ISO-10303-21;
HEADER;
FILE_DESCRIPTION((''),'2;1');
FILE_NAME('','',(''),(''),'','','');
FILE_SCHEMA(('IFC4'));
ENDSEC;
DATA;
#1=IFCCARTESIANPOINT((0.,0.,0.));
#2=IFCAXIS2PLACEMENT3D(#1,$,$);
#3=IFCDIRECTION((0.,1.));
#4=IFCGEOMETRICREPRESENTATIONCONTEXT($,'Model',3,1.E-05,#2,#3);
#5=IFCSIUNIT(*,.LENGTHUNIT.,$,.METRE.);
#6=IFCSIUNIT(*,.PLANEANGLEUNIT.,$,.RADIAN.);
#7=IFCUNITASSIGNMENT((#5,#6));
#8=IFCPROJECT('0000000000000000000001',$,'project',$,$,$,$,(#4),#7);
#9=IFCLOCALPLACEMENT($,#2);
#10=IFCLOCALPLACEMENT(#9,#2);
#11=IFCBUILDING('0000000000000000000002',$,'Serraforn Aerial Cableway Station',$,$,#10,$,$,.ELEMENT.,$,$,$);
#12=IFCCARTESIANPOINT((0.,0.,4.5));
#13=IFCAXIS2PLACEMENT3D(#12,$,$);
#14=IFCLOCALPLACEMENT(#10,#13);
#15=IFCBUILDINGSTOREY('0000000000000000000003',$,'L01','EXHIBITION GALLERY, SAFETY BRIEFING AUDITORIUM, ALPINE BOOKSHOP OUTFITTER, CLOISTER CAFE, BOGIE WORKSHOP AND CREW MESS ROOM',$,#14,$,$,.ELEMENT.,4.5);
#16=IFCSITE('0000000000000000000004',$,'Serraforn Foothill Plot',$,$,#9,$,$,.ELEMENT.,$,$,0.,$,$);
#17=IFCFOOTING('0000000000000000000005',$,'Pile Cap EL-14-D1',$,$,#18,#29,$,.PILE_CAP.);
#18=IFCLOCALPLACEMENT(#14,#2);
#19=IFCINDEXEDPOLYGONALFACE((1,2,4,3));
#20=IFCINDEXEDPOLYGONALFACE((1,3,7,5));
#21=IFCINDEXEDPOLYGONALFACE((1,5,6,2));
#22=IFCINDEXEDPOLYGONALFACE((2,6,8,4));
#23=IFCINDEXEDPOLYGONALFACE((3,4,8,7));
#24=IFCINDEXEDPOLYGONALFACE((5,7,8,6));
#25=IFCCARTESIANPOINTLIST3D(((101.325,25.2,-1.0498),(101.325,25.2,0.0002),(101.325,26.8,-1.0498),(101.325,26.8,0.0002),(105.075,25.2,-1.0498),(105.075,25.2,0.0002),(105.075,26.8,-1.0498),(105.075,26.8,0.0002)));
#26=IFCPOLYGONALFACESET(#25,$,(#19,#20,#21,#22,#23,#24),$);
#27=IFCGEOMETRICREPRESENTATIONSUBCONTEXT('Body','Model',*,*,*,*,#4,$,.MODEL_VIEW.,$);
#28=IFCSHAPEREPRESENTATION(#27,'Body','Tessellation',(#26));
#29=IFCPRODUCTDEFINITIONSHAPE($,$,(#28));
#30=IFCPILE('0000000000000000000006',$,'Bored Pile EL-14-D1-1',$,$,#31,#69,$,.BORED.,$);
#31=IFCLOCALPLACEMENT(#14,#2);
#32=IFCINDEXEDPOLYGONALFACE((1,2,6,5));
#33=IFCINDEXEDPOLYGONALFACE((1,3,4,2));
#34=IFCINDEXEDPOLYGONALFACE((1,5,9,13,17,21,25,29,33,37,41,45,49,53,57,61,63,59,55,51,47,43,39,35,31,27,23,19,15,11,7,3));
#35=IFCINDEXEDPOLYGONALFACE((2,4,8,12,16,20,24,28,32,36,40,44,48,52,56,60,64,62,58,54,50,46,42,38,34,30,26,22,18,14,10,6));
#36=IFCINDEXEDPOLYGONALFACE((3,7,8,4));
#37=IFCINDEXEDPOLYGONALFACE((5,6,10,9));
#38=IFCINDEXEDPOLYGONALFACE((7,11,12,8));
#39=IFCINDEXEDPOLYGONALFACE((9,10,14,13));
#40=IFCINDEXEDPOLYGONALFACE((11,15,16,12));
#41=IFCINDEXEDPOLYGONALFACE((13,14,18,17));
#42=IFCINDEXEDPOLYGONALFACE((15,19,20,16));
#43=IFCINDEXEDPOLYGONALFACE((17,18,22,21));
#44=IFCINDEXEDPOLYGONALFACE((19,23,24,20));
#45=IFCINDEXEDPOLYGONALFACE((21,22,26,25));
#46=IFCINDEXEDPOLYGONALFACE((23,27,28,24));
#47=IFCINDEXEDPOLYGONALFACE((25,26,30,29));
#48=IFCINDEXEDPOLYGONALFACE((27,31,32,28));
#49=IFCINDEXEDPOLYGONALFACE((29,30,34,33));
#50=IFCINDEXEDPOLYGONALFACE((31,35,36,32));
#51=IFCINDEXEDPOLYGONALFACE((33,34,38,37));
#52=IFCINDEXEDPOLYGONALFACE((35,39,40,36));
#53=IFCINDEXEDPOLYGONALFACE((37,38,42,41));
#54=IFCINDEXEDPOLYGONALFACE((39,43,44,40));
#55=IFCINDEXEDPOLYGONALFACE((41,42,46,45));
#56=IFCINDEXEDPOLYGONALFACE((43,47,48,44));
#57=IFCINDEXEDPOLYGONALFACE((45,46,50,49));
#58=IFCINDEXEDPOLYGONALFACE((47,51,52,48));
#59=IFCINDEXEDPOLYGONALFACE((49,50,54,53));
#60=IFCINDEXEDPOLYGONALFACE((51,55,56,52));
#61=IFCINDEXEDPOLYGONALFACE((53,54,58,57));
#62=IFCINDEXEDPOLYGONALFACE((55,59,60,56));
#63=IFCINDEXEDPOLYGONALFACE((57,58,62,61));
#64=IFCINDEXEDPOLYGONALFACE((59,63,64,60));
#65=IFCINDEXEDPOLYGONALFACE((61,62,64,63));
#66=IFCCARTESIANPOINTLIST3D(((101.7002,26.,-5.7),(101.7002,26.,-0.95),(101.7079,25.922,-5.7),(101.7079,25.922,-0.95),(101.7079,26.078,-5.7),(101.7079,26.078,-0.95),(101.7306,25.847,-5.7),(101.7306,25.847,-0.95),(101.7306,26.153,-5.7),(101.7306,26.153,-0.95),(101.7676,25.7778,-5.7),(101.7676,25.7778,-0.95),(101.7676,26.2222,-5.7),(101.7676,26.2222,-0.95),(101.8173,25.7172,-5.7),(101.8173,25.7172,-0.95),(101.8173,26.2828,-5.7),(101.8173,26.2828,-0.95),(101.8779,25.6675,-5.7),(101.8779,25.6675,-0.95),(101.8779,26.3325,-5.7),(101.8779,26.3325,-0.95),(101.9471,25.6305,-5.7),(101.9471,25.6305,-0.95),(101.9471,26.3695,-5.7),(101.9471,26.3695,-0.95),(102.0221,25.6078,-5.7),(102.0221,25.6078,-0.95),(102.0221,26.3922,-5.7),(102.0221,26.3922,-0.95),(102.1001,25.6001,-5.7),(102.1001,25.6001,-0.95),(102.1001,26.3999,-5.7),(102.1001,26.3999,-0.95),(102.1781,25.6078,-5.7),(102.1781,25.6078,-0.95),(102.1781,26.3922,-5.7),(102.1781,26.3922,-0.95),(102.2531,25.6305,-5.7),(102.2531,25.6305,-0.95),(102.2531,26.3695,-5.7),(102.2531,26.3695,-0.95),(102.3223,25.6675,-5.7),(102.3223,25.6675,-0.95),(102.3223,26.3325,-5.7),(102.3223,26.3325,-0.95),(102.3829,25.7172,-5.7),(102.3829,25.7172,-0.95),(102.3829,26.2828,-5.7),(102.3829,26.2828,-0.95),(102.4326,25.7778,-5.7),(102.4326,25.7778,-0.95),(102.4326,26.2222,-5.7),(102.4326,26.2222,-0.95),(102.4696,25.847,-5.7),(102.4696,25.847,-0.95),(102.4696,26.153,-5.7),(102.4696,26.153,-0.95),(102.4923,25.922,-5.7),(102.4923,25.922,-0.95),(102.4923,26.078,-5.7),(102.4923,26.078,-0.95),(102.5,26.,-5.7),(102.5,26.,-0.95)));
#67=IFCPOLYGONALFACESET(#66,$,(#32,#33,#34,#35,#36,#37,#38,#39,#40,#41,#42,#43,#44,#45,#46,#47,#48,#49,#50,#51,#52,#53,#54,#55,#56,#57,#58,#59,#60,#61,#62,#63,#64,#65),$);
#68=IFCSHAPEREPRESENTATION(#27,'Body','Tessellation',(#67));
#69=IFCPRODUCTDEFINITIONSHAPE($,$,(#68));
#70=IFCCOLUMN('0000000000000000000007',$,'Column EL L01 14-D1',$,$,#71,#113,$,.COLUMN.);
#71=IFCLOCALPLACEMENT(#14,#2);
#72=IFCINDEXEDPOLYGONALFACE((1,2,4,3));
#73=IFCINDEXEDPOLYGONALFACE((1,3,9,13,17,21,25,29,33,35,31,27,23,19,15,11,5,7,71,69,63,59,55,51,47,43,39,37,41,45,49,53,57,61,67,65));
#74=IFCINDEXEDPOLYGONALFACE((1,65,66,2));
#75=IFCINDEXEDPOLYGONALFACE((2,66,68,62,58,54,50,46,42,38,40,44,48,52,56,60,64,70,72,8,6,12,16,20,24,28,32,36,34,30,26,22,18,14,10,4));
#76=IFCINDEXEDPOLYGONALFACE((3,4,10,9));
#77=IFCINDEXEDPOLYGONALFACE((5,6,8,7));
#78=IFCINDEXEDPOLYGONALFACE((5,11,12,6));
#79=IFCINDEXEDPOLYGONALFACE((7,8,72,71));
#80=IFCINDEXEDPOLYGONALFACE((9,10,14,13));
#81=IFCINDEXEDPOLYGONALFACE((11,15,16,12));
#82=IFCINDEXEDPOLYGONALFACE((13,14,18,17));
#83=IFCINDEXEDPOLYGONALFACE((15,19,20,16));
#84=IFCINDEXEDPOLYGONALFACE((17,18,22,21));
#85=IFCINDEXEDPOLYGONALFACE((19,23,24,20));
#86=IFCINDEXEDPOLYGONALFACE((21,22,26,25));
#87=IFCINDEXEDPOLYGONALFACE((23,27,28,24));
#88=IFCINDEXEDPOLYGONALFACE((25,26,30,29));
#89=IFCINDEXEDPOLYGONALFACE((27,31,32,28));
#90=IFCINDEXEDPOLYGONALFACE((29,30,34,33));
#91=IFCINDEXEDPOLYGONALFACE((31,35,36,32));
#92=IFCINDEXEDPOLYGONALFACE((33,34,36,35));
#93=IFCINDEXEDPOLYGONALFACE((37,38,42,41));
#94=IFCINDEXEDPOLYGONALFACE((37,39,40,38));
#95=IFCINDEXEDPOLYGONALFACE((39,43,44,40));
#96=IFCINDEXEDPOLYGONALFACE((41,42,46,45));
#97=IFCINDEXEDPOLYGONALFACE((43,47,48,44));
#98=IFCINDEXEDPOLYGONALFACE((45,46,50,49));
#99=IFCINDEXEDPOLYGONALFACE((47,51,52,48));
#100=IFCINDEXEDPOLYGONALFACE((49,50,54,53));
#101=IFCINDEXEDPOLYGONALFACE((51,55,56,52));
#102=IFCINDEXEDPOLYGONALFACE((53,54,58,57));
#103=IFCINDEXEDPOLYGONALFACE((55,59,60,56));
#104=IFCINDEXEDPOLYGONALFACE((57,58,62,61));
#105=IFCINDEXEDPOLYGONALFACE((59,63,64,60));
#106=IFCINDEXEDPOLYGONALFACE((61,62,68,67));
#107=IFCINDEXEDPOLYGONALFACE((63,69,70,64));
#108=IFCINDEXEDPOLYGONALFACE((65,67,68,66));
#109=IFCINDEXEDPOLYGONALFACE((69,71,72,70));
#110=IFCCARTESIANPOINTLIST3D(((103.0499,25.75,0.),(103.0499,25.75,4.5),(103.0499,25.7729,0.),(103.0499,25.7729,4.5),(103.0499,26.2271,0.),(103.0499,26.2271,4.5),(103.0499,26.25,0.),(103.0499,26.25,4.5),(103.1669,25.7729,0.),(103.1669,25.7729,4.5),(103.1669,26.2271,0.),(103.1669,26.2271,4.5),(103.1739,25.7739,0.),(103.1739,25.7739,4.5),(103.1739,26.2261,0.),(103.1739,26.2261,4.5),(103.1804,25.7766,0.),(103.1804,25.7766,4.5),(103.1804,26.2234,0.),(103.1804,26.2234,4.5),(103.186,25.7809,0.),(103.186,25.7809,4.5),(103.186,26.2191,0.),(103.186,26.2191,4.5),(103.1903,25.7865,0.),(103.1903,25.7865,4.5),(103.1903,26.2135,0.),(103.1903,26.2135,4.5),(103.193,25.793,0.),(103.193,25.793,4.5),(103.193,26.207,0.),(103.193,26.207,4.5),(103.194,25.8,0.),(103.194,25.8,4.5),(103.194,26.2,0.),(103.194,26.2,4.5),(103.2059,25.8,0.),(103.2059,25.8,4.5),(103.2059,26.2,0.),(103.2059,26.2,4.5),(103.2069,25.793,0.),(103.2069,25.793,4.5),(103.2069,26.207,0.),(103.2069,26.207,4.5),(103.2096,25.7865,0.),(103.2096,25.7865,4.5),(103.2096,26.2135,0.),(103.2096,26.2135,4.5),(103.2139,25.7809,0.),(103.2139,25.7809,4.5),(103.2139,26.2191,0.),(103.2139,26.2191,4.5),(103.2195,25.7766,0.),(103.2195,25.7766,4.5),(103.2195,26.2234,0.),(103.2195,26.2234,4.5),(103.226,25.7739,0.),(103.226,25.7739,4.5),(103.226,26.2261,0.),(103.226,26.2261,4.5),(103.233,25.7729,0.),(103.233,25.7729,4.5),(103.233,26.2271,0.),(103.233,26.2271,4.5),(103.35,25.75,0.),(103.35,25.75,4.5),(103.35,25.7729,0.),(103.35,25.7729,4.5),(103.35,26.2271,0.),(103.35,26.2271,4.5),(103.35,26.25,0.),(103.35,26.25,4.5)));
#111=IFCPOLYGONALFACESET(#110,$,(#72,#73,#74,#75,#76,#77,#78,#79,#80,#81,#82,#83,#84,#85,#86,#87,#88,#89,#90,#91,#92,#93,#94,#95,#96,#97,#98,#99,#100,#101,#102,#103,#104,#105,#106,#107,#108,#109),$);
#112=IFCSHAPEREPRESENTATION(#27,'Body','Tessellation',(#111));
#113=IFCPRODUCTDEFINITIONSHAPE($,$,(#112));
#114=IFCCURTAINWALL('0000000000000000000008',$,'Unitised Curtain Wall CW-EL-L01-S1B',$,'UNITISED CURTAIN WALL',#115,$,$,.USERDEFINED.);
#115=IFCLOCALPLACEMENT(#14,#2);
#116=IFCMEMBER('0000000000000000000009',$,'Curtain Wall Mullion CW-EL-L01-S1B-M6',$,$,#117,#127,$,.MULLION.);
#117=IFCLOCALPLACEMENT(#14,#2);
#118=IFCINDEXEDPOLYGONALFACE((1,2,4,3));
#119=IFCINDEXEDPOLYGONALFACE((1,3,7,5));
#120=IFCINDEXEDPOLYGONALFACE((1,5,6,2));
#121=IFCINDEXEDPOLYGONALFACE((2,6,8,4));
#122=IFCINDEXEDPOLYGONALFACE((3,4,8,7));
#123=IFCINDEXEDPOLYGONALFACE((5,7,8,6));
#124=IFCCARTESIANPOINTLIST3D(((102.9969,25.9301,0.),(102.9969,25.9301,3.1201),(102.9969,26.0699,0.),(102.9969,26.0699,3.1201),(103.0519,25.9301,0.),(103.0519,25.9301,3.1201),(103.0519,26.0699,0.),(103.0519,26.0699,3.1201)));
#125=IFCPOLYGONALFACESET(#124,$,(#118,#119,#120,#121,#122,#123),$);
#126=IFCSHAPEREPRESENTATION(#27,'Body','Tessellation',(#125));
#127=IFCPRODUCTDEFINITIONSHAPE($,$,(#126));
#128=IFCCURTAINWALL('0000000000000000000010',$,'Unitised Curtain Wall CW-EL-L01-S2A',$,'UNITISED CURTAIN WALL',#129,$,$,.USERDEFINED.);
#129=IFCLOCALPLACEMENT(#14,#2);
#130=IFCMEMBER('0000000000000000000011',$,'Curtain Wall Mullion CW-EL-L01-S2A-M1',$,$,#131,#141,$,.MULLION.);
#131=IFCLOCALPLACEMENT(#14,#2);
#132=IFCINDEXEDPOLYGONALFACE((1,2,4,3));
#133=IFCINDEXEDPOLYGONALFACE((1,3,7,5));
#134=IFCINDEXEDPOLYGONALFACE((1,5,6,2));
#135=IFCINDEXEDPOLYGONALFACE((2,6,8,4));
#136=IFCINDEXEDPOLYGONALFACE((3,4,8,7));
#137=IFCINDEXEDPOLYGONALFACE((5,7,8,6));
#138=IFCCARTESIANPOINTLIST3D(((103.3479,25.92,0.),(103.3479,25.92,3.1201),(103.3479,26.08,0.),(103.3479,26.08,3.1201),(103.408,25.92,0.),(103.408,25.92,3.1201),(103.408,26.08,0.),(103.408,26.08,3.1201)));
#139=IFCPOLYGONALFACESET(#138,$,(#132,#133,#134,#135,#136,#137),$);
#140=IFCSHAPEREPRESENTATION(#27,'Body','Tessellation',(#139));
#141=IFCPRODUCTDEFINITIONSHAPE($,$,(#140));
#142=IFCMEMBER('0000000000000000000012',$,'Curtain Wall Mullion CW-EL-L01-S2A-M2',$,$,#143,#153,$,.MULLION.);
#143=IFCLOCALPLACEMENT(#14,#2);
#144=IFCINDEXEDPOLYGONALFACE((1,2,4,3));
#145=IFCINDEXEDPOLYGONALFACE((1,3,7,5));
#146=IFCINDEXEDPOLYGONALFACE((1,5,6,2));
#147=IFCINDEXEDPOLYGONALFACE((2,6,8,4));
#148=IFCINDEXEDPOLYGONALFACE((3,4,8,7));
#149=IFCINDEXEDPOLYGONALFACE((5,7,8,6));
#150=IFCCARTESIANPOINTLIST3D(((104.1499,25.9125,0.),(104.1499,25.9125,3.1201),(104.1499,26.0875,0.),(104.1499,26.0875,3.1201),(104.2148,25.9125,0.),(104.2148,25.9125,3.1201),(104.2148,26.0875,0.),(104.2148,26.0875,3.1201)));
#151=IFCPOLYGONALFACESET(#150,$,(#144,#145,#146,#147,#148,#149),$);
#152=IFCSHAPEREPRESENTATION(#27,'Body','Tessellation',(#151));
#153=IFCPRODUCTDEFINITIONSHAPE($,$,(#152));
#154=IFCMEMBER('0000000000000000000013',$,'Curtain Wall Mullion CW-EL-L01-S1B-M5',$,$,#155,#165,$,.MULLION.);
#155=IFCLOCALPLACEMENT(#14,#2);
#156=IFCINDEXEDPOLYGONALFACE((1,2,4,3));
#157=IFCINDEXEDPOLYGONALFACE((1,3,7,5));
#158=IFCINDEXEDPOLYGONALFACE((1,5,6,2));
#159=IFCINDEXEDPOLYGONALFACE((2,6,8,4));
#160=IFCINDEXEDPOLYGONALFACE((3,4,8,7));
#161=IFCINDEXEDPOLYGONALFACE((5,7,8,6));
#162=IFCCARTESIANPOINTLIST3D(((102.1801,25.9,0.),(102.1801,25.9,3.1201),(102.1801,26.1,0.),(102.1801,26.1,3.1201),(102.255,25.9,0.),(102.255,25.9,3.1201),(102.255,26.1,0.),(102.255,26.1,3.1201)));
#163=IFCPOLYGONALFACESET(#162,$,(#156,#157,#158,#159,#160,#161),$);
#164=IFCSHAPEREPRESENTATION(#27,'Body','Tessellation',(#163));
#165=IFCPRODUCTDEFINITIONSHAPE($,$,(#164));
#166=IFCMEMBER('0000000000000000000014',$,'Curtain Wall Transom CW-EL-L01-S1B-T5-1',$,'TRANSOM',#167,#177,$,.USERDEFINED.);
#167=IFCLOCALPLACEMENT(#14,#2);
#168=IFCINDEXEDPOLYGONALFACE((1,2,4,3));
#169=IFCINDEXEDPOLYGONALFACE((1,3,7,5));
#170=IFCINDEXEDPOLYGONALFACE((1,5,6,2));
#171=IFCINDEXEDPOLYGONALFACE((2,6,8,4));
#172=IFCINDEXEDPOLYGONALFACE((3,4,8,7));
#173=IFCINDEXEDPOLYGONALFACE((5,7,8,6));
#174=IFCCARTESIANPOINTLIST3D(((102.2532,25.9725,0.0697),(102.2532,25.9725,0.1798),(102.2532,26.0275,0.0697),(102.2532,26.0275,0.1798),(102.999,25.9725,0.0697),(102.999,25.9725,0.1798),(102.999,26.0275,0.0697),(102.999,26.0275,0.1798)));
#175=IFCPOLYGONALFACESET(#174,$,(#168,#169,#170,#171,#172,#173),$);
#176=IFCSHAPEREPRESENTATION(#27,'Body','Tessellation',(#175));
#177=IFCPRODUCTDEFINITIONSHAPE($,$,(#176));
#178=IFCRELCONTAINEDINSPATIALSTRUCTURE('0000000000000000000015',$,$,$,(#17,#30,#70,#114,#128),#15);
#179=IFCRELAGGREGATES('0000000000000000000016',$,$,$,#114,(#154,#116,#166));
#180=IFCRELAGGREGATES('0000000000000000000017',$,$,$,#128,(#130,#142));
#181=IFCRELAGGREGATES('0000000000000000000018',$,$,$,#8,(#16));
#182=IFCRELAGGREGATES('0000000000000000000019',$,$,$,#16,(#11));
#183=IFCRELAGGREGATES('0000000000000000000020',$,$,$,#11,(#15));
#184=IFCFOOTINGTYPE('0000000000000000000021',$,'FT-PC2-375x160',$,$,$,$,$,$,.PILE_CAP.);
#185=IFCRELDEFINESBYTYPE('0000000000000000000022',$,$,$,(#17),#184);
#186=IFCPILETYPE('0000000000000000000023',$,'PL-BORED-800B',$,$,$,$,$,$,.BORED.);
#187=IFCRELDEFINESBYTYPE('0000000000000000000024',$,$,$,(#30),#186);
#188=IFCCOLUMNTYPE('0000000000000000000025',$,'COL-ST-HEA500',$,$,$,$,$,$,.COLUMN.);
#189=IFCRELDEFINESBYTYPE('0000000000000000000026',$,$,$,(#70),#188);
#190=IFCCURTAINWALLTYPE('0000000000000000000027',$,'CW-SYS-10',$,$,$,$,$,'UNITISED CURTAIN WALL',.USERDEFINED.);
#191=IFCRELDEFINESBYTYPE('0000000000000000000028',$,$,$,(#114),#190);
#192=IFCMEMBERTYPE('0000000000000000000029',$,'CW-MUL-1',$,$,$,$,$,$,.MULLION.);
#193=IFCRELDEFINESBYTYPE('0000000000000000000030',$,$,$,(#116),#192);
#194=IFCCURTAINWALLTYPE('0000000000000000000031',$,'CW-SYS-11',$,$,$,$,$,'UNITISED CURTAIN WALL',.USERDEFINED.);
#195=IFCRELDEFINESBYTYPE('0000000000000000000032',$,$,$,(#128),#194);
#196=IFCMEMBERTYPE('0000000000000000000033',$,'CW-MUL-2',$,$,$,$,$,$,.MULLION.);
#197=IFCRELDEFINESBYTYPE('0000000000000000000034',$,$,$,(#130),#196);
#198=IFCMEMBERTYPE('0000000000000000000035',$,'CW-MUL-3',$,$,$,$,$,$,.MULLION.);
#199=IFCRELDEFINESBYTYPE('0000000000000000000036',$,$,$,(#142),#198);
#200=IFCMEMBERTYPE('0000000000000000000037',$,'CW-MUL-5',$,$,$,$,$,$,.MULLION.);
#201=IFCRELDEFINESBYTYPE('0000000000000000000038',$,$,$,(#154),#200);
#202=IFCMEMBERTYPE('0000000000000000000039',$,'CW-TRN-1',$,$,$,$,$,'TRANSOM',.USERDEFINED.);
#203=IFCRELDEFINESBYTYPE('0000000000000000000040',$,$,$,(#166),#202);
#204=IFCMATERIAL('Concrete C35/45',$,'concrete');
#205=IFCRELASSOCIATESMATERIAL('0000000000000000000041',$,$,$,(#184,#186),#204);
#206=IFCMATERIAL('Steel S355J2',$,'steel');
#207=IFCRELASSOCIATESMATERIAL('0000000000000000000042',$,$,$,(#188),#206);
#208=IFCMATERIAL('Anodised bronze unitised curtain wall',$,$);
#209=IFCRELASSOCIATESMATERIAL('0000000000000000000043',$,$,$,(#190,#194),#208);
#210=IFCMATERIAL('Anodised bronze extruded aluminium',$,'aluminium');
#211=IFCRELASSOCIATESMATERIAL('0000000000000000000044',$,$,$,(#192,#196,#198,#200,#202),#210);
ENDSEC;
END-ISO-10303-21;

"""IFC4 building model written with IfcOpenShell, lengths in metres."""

from ifc_helpers import new_model, si_unit, direction, frame, origin, origin_2d, place, context, subcontext, project, spatial, rectangle, circle, i_section, extrude, material, material_profile, profile_set, type_object, element, aggregate, save


model = new_model("IFC4")

# Units and contexts
model_context = context("Model", 3, precision=1e-05, world=origin(), true_north=direction((0.0, 1.0)))
body_context = subcontext(model_context, "Body", "Model", "MODEL_VIEW")
ifc_project = project(units=[si_unit("LENGTHUNIT", "METRE"), si_unit("PLANEANGLEUNIT", "RADIAN")], contexts=[model_context])

# Site, building, storey
site_placement = place(None, origin())
site = spatial("IfcSite", under=ifc_project, at=site_placement, Name="Serraforn Foothill Plot", CompositionType="ELEMENT", RefElevation=0.0)
building_placement = place(site_placement, origin())
building = spatial("IfcBuilding", under=site, at=building_placement, Name="Serraforn Aerial Cableway Station", CompositionType="ELEMENT")
storey_placement = place(building_placement, frame((0.0, 0.0, 4.5)))
storey = spatial("IfcBuildingStorey", under=building, at=storey_placement, Name="L01", Description="EXHIBITION GALLERY, SAFETY BRIEFING AUDITORIUM, ALPINE BOOKSHOP OUTFITTER, CLOISTER CAFE, BOGIE WORKSHOP AND CREW MESS ROOM", CompositionType="ELEMENT", Elevation=4.5)

# Footing
ifc_material_1 = material(Name="Concrete C35/45", Category="concrete")
footing_type = type_object("IfcFootingType", Name="FT-PC2-375x160", PredefinedType="PILE_CAP", material=ifc_material_1)
footing_placement = place(storey_placement, frame((103.2, 26.0, -1.0498), z_axis=(0.0, 0.0, 1.0), x_axis=(1.0, 0.0, 0.0)))
element("IfcFooting", 1, at=footing_placement, inside=storey, type_object=footing_type, Name="Pile Cap EL-14-D1", PredefinedType="PILE_CAP", context=body_context, shape_type="SweptSolid", body=[
    extrude(rectangle(XDim=3.75, YDim=1.6001, at=origin_2d()), origin(), (0.0, 0.0, 1.0), 1.05),
])

# Pile
ifc_material_profile_1 = material_profile(ifc_material_1, circle(Radius=0.3999, at=origin_2d()), Name="BORED PILE D800")
ifc_profile_set_1 = profile_set([ifc_material_profile_1], Name="Concrete C35/45")
pile_type = type_object("IfcPileType", Name="PL-BORED-800B", PredefinedType="BORED", material=ifc_profile_set_1)
pile_placement = place(storey_placement, frame((102.1001, 26.0, -0.95), z_axis=(0.0, 0.0, -1.0), x_axis=(1.0, 0.0, 0.0)))
element("IfcPile", 2, at=pile_placement, inside=storey, type_object=pile_type, Name="Bored Pile EL-14-D1-1", PredefinedType="BORED", context=body_context, shape_type="SweptSolid", body=[
    extrude(circle(Radius=0.3999, at=origin_2d()), origin(), (0.0, 0.0, 1.0), 4.75),
])

# Column
ifc_material_2 = material(Name="Steel S355J2", Category="steel")
ifc_material_profile_2 = material_profile(ifc_material_2, i_section(OverallWidth=0.3, OverallDepth=0.5, WebThickness=0.012, FlangeThickness=0.0229, FilletRadius=0.0271, at=origin_2d()), Name="HEA 500")
ifc_profile_set_2 = profile_set([ifc_material_profile_2], Name="Steel S355J2")
column_type = type_object("IfcColumnType", Name="COL-ST-HEA500", PredefinedType="COLUMN", material=ifc_profile_set_2)
column_placement = place(storey_placement, frame((103.2, 26.0, 0.0), z_axis=(0.0, 0.0, 1.0), x_axis=(1.0, 0.0, 0.0)))
element("IfcColumn", 3, at=column_placement, inside=storey, type_object=column_type, Name="Column EL L01 14-D1", PredefinedType="COLUMN", context=body_context, shape_type="SweptSolid", body=[
    extrude(i_section(OverallWidth=0.3, OverallDepth=0.5, WebThickness=0.012, FlangeThickness=0.0229, FilletRadius=0.0271, at=origin_2d()), origin(), (0.0, 0.0, 1.0), 4.5),
])

# Curtain wall, member
ifc_material_3 = material(Name="Anodised bronze unitised curtain wall")
curtain_wall_type_1 = type_object("IfcCurtainWallType", Name="CW-SYS-10", ElementType="UNITISED CURTAIN WALL", PredefinedType="USERDEFINED", material=ifc_material_3)
curtain_wall_1_placement = place(storey_placement, origin())
curtain_wall_1 = element("IfcCurtainWall", 4, at=curtain_wall_1_placement, inside=storey, type_object=curtain_wall_type_1, Name="Unitised Curtain Wall CW-EL-L01-S1B", ObjectType="UNITISED CURTAIN WALL", PredefinedType="USERDEFINED")
ifc_material_4 = material(Name="Anodised bronze extruded aluminium", Category="aluminium")
ifc_material_profile_3 = material_profile(ifc_material_4, rectangle(XDim=0.0549, YDim=0.1399, at=origin_2d()), Name="CW MULLION 55x140")
ifc_profile_set_3 = profile_set([ifc_material_profile_3], Name="Anodised bronze extruded aluminium")
member_type_1 = type_object("IfcMemberType", Name="CW-MUL-1", PredefinedType="MULLION", material=ifc_profile_set_3)
member_1_placement = place(storey_placement, frame((103.0244, 26.0, 0.0), z_axis=(0.0, 0.0, 1.0), x_axis=(1.0, 0.0, 0.0)))
member_1 = element("IfcMember", 5, at=member_1_placement, type_object=member_type_1, Name="Curtain Wall Mullion CW-EL-L01-S1B-M6", PredefinedType="MULLION", context=body_context, shape_type="SweptSolid", body=[
    extrude(rectangle(XDim=0.0549, YDim=0.1399, at=origin_2d()), origin(), (0.0, 0.0, 1.0), 3.1201),
])

# Curtain wall, members
curtain_wall_type_2 = type_object("IfcCurtainWallType", Name="CW-SYS-11", ElementType="UNITISED CURTAIN WALL", PredefinedType="USERDEFINED", material=ifc_material_3)
curtain_wall_2_placement = place(storey_placement, origin())
curtain_wall_2 = element("IfcCurtainWall", 6, at=curtain_wall_2_placement, inside=storey, type_object=curtain_wall_type_2, Name="Unitised Curtain Wall CW-EL-L01-S2A", ObjectType="UNITISED CURTAIN WALL", PredefinedType="USERDEFINED")
ifc_material_profile_4 = material_profile(ifc_material_4, rectangle(XDim=0.0601, YDim=0.1599, at=origin_2d()), Name="CW MULLION 60x160")
ifc_profile_set_4 = profile_set([ifc_material_profile_4], Name="Anodised bronze extruded aluminium")
member_type_2 = type_object("IfcMemberType", Name="CW-MUL-2", PredefinedType="MULLION", material=ifc_profile_set_4)
member_2_placement = place(storey_placement, frame((103.3779, 26.0, 0.0), z_axis=(0.0, 0.0, 1.0), x_axis=(1.0, 0.0, 0.0)))
member_2 = element("IfcMember", 7, at=member_2_placement, type_object=member_type_2, Name="Curtain Wall Mullion CW-EL-L01-S2A-M1", PredefinedType="MULLION", context=body_context, shape_type="SweptSolid", body=[
    extrude(rectangle(XDim=0.0601, YDim=0.1599, at=origin_2d()), origin(), (0.0, 0.0, 1.0), 3.1201),
])
ifc_material_profile_5 = material_profile(ifc_material_4, rectangle(XDim=0.0649, YDim=0.175, at=origin_2d()), Name="CW MULLION 65x175")
ifc_profile_set_5 = profile_set([ifc_material_profile_5], Name="Anodised bronze extruded aluminium")
member_type_3 = type_object("IfcMemberType", Name="CW-MUL-3", PredefinedType="MULLION", material=ifc_profile_set_5)
member_3_placement = place(storey_placement, frame((104.1824, 26.0, 0.0), z_axis=(0.0, 0.0, 1.0), x_axis=(1.0, 0.0, 0.0)))
member_3 = element("IfcMember", 8, at=member_3_placement, type_object=member_type_3, Name="Curtain Wall Mullion CW-EL-L01-S2A-M2", PredefinedType="MULLION", context=body_context, shape_type="SweptSolid", body=[
    extrude(rectangle(XDim=0.0649, YDim=0.175, at=origin_2d()), origin(), (0.0, 0.0, 1.0), 3.1201),
])

# Members
ifc_material_profile_6 = material_profile(ifc_material_4, rectangle(XDim=0.075, YDim=0.2, at=origin_2d()), Name="CW MULLION 75x200")
ifc_profile_set_6 = profile_set([ifc_material_profile_6], Name="Anodised bronze extruded aluminium")
member_type_4 = type_object("IfcMemberType", Name="CW-MUL-5", PredefinedType="MULLION", material=ifc_profile_set_6)
member_4_placement = place(storey_placement, frame((102.2175, 26.0, 0.0), z_axis=(0.0, 0.0, 1.0), x_axis=(1.0, 0.0, 0.0)))
member_4 = element("IfcMember", 9, at=member_4_placement, type_object=member_type_4, Name="Curtain Wall Mullion CW-EL-L01-S1B-M5", PredefinedType="MULLION", context=body_context, shape_type="SweptSolid", body=[
    extrude(rectangle(XDim=0.075, YDim=0.2, at=origin_2d()), origin(), (0.0, 0.0, 1.0), 3.1201),
])
ifc_material_profile_7 = material_profile(ifc_material_4, rectangle(XDim=0.0549, YDim=0.1101, at=origin_2d()), Name="CW TRANSOM 55x110")
ifc_profile_set_7 = profile_set([ifc_material_profile_7], Name="Anodised bronze extruded aluminium")
member_type_5 = type_object("IfcMemberType", Name="CW-TRN-1", ElementType="TRANSOM", PredefinedType="USERDEFINED", material=ifc_profile_set_7)
member_5_placement = place(storey_placement, frame((102.2532, 26.0, 0.1248), z_axis=(1.0, 0.0, 0.0), x_axis=(0.0, 1.0, 0.0)))
member_5 = element("IfcMember", 10, at=member_5_placement, type_object=member_type_5, Name="Curtain Wall Transom CW-EL-L01-S1B-T5-1", ObjectType="TRANSOM", PredefinedType="USERDEFINED", context=body_context, shape_type="SweptSolid", body=[
    extrude(rectangle(XDim=0.0549, YDim=0.1101, at=origin_2d()), origin(), (0.0, 0.0, 1.0), 0.7458),
])

aggregate(curtain_wall_1, [member_4, member_1, member_5])
aggregate(curtain_wall_2, [member_2, member_3])

save(model, "model.ifc")
